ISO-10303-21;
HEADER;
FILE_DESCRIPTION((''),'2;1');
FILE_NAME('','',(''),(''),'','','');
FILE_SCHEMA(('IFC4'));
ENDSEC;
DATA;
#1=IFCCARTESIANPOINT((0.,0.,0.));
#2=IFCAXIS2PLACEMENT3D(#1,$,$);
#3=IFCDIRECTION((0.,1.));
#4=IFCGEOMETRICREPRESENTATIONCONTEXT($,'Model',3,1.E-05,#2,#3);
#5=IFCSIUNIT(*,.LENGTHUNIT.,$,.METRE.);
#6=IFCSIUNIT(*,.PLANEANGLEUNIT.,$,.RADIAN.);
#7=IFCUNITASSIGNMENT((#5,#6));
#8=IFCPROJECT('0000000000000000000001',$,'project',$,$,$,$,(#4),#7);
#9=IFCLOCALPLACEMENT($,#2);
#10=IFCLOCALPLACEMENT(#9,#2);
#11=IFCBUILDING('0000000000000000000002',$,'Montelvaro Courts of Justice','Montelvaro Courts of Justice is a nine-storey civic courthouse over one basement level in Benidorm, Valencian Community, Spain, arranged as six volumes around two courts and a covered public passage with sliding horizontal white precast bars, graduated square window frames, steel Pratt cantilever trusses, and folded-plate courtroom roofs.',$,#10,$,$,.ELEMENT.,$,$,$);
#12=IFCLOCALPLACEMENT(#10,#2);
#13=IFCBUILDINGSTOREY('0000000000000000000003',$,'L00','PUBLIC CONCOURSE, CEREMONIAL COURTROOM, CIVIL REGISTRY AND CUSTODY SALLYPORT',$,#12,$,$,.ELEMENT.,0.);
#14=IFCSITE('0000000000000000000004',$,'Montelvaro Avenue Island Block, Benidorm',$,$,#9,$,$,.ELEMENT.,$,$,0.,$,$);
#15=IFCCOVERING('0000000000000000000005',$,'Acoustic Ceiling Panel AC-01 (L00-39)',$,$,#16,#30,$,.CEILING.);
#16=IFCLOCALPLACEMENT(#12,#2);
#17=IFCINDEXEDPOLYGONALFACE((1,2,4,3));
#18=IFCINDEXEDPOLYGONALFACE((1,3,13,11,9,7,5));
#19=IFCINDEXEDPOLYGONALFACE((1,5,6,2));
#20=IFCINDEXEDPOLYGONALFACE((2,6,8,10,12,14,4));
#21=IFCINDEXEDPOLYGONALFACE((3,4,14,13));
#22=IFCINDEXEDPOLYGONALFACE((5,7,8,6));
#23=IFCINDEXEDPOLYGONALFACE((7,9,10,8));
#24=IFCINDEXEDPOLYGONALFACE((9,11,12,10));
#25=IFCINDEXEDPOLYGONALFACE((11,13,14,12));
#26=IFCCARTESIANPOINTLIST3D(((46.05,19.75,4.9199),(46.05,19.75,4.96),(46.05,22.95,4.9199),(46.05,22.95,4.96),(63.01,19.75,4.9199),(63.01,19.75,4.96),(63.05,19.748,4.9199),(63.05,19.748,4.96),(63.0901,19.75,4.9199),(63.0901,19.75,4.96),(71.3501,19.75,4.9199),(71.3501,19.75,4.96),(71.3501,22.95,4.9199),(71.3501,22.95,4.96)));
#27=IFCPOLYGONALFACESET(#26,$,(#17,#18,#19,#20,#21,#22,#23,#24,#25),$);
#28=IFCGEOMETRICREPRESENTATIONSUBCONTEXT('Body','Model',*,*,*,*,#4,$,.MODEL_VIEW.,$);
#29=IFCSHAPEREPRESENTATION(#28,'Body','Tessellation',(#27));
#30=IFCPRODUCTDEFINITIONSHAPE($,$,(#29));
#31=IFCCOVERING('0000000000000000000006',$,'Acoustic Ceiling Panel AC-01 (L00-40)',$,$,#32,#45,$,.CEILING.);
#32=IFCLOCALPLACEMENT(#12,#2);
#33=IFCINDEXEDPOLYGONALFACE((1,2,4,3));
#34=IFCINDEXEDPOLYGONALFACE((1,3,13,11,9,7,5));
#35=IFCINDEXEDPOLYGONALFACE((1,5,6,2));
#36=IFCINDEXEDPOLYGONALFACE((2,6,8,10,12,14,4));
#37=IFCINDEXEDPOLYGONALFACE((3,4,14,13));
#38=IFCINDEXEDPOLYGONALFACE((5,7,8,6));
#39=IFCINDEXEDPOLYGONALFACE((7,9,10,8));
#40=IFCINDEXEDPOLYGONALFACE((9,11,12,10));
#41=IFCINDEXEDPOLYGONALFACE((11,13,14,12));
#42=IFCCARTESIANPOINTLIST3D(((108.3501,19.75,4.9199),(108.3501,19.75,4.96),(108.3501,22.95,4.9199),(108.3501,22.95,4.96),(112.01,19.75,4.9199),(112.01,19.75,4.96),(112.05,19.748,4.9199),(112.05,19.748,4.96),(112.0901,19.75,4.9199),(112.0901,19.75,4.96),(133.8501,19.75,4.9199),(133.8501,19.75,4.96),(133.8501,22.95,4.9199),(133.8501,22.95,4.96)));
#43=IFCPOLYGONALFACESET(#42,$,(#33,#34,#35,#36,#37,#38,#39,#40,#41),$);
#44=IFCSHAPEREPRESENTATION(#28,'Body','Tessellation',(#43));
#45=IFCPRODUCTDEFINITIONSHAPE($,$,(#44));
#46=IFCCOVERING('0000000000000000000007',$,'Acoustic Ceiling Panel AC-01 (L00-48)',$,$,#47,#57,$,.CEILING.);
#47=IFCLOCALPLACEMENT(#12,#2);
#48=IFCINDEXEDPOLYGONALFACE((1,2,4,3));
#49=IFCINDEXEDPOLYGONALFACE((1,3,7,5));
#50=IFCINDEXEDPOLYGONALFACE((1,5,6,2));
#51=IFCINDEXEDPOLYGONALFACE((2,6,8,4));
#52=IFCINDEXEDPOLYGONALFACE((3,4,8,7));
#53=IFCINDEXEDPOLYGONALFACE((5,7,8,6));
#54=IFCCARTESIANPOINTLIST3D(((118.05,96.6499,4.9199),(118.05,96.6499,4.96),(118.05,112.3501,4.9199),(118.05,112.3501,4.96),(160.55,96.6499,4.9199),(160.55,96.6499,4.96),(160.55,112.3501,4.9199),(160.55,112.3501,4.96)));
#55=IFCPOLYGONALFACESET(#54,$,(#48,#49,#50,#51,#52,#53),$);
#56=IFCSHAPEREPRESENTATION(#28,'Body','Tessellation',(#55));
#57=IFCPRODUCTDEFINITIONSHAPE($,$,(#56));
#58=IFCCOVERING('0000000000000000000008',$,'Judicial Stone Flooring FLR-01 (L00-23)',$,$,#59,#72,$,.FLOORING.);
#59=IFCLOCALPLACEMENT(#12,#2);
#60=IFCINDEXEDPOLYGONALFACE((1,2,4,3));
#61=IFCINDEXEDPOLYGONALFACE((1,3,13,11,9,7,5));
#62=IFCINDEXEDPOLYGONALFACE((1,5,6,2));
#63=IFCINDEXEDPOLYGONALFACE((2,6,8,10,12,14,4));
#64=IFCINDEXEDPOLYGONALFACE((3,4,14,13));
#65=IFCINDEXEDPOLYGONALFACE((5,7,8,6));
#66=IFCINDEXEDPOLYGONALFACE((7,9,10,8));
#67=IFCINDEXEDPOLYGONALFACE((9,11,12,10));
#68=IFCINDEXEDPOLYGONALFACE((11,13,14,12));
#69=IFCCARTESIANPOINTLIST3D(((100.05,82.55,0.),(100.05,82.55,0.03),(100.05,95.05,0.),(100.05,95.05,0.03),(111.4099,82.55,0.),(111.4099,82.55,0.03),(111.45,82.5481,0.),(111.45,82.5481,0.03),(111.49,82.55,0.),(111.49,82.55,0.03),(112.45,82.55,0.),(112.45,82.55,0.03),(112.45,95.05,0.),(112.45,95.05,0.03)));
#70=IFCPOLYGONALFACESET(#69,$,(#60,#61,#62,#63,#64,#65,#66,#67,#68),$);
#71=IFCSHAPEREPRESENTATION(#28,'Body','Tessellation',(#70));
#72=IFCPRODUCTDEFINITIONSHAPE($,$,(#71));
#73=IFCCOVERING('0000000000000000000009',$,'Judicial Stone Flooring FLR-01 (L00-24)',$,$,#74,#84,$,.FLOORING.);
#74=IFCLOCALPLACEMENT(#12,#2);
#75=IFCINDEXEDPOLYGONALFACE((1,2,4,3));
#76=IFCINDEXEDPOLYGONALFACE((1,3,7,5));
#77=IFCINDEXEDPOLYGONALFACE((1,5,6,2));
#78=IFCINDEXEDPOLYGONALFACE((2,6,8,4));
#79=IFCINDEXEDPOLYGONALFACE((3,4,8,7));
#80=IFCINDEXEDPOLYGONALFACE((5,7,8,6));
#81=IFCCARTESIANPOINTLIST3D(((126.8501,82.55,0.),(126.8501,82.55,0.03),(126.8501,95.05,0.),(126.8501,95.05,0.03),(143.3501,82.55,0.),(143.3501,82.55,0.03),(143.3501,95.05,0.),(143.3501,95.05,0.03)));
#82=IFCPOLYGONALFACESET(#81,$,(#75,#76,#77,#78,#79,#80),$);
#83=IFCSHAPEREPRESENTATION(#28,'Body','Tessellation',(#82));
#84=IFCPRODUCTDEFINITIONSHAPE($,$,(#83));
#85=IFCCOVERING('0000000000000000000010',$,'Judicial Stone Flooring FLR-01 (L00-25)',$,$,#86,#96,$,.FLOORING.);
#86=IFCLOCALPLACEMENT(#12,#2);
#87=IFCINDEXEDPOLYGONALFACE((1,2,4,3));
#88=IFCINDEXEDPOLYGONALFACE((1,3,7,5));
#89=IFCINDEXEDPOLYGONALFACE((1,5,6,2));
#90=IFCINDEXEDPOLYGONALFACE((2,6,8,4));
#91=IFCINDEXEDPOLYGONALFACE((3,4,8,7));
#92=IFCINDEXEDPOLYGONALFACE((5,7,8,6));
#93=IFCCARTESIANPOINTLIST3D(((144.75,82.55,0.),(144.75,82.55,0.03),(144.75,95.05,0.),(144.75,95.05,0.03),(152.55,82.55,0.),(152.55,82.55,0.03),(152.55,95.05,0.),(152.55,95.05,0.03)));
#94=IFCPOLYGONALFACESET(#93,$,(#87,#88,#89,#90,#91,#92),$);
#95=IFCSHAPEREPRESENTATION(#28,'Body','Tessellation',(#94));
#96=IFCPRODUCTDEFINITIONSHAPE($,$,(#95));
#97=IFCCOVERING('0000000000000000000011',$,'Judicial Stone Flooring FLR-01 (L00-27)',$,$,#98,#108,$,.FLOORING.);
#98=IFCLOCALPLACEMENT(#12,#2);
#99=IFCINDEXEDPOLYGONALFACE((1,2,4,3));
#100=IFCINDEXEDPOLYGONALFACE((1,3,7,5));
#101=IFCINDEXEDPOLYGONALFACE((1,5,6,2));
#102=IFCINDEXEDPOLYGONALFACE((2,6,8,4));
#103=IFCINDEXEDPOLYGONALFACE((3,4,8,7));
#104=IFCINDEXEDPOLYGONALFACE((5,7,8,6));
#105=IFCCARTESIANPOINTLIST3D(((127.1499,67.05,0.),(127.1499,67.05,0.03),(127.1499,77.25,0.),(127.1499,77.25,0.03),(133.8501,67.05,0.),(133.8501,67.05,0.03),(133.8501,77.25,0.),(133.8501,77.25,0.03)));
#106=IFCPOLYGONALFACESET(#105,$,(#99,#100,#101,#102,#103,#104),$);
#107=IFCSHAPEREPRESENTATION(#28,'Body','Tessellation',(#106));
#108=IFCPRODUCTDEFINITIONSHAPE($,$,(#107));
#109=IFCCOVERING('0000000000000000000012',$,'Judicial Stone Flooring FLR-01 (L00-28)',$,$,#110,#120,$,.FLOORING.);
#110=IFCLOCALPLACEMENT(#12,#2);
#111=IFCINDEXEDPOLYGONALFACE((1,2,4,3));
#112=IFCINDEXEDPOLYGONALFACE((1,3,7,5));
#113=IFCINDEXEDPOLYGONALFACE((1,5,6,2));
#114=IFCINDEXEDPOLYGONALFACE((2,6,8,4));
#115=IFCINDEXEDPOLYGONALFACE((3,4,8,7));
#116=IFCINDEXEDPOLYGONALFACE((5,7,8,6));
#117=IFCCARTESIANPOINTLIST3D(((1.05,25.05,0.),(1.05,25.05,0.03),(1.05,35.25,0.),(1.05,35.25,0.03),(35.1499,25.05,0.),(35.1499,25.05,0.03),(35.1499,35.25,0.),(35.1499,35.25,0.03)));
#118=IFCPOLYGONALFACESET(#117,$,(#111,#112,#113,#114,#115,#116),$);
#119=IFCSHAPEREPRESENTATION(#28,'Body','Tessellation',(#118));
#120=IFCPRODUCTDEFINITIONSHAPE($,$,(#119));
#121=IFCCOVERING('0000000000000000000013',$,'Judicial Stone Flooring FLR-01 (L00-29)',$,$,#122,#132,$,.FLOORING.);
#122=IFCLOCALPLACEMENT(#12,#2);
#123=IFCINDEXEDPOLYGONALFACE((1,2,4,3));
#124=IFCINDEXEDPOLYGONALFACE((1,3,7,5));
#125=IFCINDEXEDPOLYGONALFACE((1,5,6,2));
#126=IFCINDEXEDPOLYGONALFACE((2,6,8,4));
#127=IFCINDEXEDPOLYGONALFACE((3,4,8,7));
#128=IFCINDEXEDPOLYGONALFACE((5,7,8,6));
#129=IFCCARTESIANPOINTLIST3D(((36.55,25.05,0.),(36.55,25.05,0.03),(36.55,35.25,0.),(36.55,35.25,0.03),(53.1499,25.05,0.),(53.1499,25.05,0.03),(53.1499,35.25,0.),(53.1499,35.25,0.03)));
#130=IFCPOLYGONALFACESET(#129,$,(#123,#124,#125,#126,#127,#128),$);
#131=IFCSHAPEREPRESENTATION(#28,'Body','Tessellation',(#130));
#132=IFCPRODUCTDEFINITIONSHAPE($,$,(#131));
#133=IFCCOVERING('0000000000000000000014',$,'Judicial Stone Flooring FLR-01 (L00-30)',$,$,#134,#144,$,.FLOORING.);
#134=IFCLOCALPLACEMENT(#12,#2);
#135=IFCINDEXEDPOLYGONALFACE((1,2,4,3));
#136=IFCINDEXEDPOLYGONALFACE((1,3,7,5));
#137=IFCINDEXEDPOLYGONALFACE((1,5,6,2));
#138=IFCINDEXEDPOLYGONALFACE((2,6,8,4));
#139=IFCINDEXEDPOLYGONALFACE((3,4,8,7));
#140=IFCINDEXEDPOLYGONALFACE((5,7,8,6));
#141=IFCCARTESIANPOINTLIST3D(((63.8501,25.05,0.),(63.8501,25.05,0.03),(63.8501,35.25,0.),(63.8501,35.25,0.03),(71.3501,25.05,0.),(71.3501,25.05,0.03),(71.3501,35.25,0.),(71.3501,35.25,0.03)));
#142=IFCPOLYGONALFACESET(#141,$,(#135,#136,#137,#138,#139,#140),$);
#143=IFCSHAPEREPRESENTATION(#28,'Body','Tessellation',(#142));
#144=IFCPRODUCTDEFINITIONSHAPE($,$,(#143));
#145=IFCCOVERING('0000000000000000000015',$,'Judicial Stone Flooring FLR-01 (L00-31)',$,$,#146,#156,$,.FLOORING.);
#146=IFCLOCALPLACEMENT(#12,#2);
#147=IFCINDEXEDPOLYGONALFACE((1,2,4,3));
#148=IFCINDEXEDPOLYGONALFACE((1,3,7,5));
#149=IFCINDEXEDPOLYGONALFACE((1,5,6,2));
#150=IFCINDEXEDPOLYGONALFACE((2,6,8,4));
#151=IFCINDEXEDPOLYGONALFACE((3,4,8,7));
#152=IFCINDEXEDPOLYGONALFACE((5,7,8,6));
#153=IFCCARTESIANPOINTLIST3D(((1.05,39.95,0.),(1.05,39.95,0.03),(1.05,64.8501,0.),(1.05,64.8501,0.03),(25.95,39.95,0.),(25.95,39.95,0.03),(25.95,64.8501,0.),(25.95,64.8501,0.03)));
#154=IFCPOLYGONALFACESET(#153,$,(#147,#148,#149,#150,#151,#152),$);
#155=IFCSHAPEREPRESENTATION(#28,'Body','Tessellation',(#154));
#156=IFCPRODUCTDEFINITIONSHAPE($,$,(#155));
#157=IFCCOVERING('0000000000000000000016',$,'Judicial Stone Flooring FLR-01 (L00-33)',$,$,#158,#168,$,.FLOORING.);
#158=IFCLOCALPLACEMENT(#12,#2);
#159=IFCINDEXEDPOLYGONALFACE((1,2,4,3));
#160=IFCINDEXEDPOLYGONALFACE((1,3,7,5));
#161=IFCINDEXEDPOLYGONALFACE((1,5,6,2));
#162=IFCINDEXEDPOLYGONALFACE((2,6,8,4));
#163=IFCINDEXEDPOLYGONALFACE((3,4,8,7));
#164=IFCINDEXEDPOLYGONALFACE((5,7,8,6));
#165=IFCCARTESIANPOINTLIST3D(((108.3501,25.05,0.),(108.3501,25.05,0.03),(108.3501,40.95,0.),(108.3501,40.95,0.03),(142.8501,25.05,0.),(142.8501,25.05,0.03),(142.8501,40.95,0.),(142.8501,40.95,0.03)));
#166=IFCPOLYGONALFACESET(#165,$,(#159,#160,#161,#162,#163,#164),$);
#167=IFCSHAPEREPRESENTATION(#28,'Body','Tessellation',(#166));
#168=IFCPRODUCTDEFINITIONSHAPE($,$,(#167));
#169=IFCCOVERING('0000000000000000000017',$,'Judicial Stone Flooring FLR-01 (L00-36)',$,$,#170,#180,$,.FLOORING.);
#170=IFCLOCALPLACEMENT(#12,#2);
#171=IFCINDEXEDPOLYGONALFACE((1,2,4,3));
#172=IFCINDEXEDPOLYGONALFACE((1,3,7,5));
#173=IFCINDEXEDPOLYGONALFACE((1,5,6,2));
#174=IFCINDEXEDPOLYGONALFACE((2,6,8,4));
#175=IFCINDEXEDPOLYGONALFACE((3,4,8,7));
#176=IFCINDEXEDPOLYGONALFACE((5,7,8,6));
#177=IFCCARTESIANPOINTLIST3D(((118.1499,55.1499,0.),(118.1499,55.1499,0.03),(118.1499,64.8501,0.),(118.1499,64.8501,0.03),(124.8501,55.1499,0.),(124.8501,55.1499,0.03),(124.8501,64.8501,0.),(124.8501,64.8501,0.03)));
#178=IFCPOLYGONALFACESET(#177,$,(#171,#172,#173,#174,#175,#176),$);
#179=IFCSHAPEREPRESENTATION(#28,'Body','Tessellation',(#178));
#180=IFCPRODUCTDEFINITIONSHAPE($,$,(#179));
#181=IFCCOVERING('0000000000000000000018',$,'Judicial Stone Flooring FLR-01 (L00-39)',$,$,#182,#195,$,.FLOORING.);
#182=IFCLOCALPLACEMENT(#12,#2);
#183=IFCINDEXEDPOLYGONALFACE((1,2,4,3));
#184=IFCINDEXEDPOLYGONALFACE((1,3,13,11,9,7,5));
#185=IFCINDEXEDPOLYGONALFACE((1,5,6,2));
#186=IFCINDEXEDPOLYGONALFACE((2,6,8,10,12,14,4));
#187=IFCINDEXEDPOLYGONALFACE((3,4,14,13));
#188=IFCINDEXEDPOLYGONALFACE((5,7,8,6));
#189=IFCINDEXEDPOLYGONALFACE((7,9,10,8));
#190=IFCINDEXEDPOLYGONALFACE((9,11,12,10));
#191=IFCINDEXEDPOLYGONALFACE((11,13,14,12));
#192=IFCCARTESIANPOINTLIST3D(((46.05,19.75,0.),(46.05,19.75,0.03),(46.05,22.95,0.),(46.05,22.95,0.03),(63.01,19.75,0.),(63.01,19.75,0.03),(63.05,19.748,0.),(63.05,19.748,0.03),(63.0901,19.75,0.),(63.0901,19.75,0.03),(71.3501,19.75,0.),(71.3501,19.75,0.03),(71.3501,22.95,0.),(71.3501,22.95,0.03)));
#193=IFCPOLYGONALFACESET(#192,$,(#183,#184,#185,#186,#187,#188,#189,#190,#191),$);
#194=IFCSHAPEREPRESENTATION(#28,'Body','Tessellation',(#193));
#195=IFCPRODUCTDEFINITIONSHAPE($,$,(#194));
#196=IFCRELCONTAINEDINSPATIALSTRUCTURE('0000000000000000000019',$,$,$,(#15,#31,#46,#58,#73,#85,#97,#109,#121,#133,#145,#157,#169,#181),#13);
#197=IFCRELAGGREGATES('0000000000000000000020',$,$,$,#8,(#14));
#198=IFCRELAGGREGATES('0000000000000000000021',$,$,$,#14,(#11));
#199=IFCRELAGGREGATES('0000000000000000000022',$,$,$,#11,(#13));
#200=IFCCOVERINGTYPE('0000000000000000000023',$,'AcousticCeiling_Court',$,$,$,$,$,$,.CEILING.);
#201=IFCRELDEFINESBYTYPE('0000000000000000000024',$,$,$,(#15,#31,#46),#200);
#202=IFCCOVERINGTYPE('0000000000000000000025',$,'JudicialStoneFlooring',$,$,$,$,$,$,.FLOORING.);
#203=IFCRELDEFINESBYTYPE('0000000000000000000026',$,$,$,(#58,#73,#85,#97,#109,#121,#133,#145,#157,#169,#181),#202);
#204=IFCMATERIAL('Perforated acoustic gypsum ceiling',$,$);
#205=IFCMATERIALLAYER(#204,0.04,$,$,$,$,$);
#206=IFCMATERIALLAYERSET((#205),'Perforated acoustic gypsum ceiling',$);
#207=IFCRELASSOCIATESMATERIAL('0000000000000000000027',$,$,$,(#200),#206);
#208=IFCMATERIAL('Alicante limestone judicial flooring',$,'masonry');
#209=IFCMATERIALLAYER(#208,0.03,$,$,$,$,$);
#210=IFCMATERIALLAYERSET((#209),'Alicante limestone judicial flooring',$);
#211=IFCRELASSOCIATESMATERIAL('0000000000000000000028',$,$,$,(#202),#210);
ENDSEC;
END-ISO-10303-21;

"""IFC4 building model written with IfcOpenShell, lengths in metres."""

from ifc_helpers import new_model, si_unit, direction, frame, origin, place, context, subcontext, project, spatial, polyline, outline, extrude, material, layer, layer_set, type_object, element, save


model = new_model("IFC4")

# Units and contexts
model_context = context("Model", 3, precision=1e-05, world=origin(), true_north=direction((0.0, 1.0)))
body_context = subcontext(model_context, "Body", "Model", "MODEL_VIEW")
ifc_project = project(units=[si_unit("LENGTHUNIT", "METRE"), si_unit("PLANEANGLEUNIT", "RADIAN")], contexts=[model_context])

# Site, building, storey
site_placement = place(None, origin())
site = spatial("IfcSite", under=ifc_project, at=site_placement, Name="Montelvaro Avenue Island Block, Benidorm", CompositionType="ELEMENT", RefElevation=0.0)
building_placement = place(site_placement, origin())
building = spatial("IfcBuilding", under=site, at=building_placement, Name="Montelvaro Courts of Justice", Description="Montelvaro Courts of Justice is a nine-storey civic courthouse over one basement level in Benidorm, Valencian Community, Spain, arranged as six volumes around two courts and a covered public passage with sliding horizontal white precast bars, graduated square window frames, steel Pratt cantilever trusses, and folded-plate courtroom roofs.", CompositionType="ELEMENT")
storey_placement = place(building_placement, origin())
storey = spatial("IfcBuildingStorey", under=building, at=storey_placement, Name="L00", Description="PUBLIC CONCOURSE, CEREMONIAL COURTROOM, CIVIL REGISTRY AND CUSTODY SALLYPORT", CompositionType="ELEMENT", Elevation=0.0)

# Coverings
ifc_material_1 = material(Name="Perforated acoustic gypsum ceiling")
ifc_layer_1 = layer(ifc_material_1, 0.04)
ifc_layer_set_1 = layer_set([ifc_layer_1], Name="Perforated acoustic gypsum ceiling")
covering_type_1 = type_object("IfcCoveringType", Name="AcousticCeiling_Court", PredefinedType="CEILING", material=ifc_layer_set_1)
covering_1_placement = place(storey_placement, frame((0.0, 0.0, 4.9199)))
element("IfcCovering", 1, at=covering_1_placement, inside=storey, type_object=covering_type_1, Name="Acoustic Ceiling Panel AC-01 (L00-39)", PredefinedType="CEILING", context=body_context, shape_type="SweptSolid", body=[
    extrude(outline(polyline([(46.05, 19.75), (46.05, 22.95), (71.3501, 22.95), (71.3501, 19.75), (63.0901, 19.75), (63.05, 19.748), (63.01, 19.75), (46.05, 19.75)])), origin(), (0.0, 0.0, 1.0), 0.04),
])
covering_2_placement = place(storey_placement, frame((0.0, 0.0, 4.9199)))
element("IfcCovering", 2, at=covering_2_placement, inside=storey, type_object=covering_type_1, Name="Acoustic Ceiling Panel AC-01 (L00-40)", PredefinedType="CEILING", context=body_context, shape_type="SweptSolid", body=[
    extrude(outline(polyline([(108.3501, 19.75), (108.3501, 22.95), (133.8501, 22.95), (133.8501, 19.75), (112.0901, 19.75), (112.05, 19.748), (112.01, 19.75), (108.3501, 19.75)])), origin(), (0.0, 0.0, 1.0), 0.04),
])
covering_3_placement = place(storey_placement, frame((0.0, 0.0, 4.9199)))
element("IfcCovering", 3, at=covering_3_placement, inside=storey, type_object=covering_type_1, Name="Acoustic Ceiling Panel AC-01 (L00-48)", PredefinedType="CEILING", context=body_context, shape_type="SweptSolid", body=[
    extrude(outline(polyline([(118.05, 96.6499), (118.05, 112.3501), (160.55, 112.3501), (160.55, 96.6499), (118.05, 96.6499)])), origin(), (0.0, 0.0, 1.0), 0.04),
])
ifc_material_2 = material(Name="Alicante limestone judicial flooring", Category="masonry")
ifc_layer_2 = layer(ifc_material_2, 0.03)
ifc_layer_set_2 = layer_set([ifc_layer_2], Name="Alicante limestone judicial flooring")
covering_type_2 = type_object("IfcCoveringType", Name="JudicialStoneFlooring", PredefinedType="FLOORING", material=ifc_layer_set_2)
covering_4_placement = place(storey_placement, origin())
element("IfcCovering", 4, at=covering_4_placement, inside=storey, type_object=covering_type_2, Name="Judicial Stone Flooring FLR-01 (L00-23)", PredefinedType="FLOORING", context=body_context, shape_type="SweptSolid", body=[
    extrude(outline(polyline([(100.05, 82.55), (100.05, 95.05), (112.45, 95.05), (112.45, 82.55), (111.49, 82.55), (111.45, 82.5481), (111.4099, 82.55), (100.05, 82.55)])), origin(), (0.0, 0.0, 1.0), 0.03),
])
covering_5_placement = place(storey_placement, origin())
element("IfcCovering", 5, at=covering_5_placement, inside=storey, type_object=covering_type_2, Name="Judicial Stone Flooring FLR-01 (L00-24)", PredefinedType="FLOORING", context=body_context, shape_type="SweptSolid", body=[
    extrude(outline(polyline([(126.8501, 95.05), (143.3501, 95.05), (143.3501, 82.55), (126.8501, 82.55), (126.8501, 95.05)])), origin(), (0.0, 0.0, 1.0), 0.03),
])
covering_6_placement = place(storey_placement, origin())
element("IfcCovering", 6, at=covering_6_placement, inside=storey, type_object=covering_type_2, Name="Judicial Stone Flooring FLR-01 (L00-25)", PredefinedType="FLOORING", context=body_context, shape_type="SweptSolid", body=[
    extrude(outline(polyline([(152.55, 95.05), (152.55, 82.55), (144.75, 82.55), (144.75, 95.05), (152.55, 95.05)])), origin(), (0.0, 0.0, 1.0), 0.03),
])
covering_7_placement = place(storey_placement, origin())
element("IfcCovering", 7, at=covering_7_placement, inside=storey, type_object=covering_type_2, Name="Judicial Stone Flooring FLR-01 (L00-27)", PredefinedType="FLOORING", context=body_context, shape_type="SweptSolid", body=[
    extrude(outline(polyline([(133.8501, 67.05), (127.1499, 67.05), (127.1499, 77.25), (133.8501, 77.25), (133.8501, 67.05)])), origin(), (0.0, 0.0, 1.0), 0.03),
])
covering_8_placement = place(storey_placement, origin())
element("IfcCovering", 8, at=covering_8_placement, inside=storey, type_object=covering_type_2, Name="Judicial Stone Flooring FLR-01 (L00-28)", PredefinedType="FLOORING", context=body_context, shape_type="SweptSolid", body=[
    extrude(outline(polyline([(1.05, 35.25), (35.1499, 35.25), (35.1499, 25.05), (1.05, 25.05), (1.05, 35.25)])), origin(), (0.0, 0.0, 1.0), 0.03),
])
covering_9_placement = place(storey_placement, origin())
element("IfcCovering", 9, at=covering_9_placement, inside=storey, type_object=covering_type_2, Name="Judicial Stone Flooring FLR-01 (L00-29)", PredefinedType="FLOORING", context=body_context, shape_type="SweptSolid", body=[
    extrude(outline(polyline([(53.1499, 35.25), (53.1499, 25.05), (36.55, 25.05), (36.55, 35.25), (53.1499, 35.25)])), origin(), (0.0, 0.0, 1.0), 0.03),
])
covering_10_placement = place(storey_placement, origin())
element("IfcCovering", 10, at=covering_10_placement, inside=storey, type_object=covering_type_2, Name="Judicial Stone Flooring FLR-01 (L00-30)", PredefinedType="FLOORING", context=body_context, shape_type="SweptSolid", body=[
    extrude(outline(polyline([(71.3501, 35.25), (71.3501, 25.05), (63.8501, 25.05), (63.8501, 35.25), (71.3501, 35.25)])), origin(), (0.0, 0.0, 1.0), 0.03),
])
covering_11_placement = place(storey_placement, origin())
element("IfcCovering", 11, at=covering_11_placement, inside=storey, type_object=covering_type_2, Name="Judicial Stone Flooring FLR-01 (L00-31)", PredefinedType="FLOORING", context=body_context, shape_type="SweptSolid", body=[
    extrude(outline(polyline([(25.95, 39.95), (1.05, 39.95), (1.05, 64.8501), (25.95, 64.8501), (25.95, 39.95)])), origin(), (0.0, 0.0, 1.0), 0.03),
])
covering_12_placement = place(storey_placement, origin())
element("IfcCovering", 12, at=covering_12_placement, inside=storey, type_object=covering_type_2, Name="Judicial Stone Flooring FLR-01 (L00-33)", PredefinedType="FLOORING", context=body_context, shape_type="SweptSolid", body=[
    extrude(outline(polyline([(142.8501, 40.95), (142.8501, 25.05), (108.3501, 25.05), (108.3501, 40.95), (142.8501, 40.95)])), origin(), (0.0, 0.0, 1.0), 0.03),
])
covering_13_placement = place(storey_placement, origin())
element("IfcCovering", 13, at=covering_13_placement, inside=storey, type_object=covering_type_2, Name="Judicial Stone Flooring FLR-01 (L00-36)", PredefinedType="FLOORING", context=body_context, shape_type="SweptSolid", body=[
    extrude(outline(polyline([(118.1499, 55.1499), (118.1499, 64.8501), (124.8501, 64.8501), (124.8501, 55.1499), (118.1499, 55.1499)])), origin(), (0.0, 0.0, 1.0), 0.03),
])
covering_14_placement = place(storey_placement, origin())
element("IfcCovering", 14, at=covering_14_placement, inside=storey, type_object=covering_type_2, Name="Judicial Stone Flooring FLR-01 (L00-39)", PredefinedType="FLOORING", context=body_context, shape_type="SweptSolid", body=[
    extrude(outline(polyline([(46.05, 19.75), (46.05, 22.95), (71.3501, 22.95), (71.3501, 19.75), (63.0901, 19.75), (63.05, 19.748), (63.01, 19.75), (46.05, 19.75)])), origin(), (0.0, 0.0, 1.0), 0.03),
])

save(model, "model.ifc")
